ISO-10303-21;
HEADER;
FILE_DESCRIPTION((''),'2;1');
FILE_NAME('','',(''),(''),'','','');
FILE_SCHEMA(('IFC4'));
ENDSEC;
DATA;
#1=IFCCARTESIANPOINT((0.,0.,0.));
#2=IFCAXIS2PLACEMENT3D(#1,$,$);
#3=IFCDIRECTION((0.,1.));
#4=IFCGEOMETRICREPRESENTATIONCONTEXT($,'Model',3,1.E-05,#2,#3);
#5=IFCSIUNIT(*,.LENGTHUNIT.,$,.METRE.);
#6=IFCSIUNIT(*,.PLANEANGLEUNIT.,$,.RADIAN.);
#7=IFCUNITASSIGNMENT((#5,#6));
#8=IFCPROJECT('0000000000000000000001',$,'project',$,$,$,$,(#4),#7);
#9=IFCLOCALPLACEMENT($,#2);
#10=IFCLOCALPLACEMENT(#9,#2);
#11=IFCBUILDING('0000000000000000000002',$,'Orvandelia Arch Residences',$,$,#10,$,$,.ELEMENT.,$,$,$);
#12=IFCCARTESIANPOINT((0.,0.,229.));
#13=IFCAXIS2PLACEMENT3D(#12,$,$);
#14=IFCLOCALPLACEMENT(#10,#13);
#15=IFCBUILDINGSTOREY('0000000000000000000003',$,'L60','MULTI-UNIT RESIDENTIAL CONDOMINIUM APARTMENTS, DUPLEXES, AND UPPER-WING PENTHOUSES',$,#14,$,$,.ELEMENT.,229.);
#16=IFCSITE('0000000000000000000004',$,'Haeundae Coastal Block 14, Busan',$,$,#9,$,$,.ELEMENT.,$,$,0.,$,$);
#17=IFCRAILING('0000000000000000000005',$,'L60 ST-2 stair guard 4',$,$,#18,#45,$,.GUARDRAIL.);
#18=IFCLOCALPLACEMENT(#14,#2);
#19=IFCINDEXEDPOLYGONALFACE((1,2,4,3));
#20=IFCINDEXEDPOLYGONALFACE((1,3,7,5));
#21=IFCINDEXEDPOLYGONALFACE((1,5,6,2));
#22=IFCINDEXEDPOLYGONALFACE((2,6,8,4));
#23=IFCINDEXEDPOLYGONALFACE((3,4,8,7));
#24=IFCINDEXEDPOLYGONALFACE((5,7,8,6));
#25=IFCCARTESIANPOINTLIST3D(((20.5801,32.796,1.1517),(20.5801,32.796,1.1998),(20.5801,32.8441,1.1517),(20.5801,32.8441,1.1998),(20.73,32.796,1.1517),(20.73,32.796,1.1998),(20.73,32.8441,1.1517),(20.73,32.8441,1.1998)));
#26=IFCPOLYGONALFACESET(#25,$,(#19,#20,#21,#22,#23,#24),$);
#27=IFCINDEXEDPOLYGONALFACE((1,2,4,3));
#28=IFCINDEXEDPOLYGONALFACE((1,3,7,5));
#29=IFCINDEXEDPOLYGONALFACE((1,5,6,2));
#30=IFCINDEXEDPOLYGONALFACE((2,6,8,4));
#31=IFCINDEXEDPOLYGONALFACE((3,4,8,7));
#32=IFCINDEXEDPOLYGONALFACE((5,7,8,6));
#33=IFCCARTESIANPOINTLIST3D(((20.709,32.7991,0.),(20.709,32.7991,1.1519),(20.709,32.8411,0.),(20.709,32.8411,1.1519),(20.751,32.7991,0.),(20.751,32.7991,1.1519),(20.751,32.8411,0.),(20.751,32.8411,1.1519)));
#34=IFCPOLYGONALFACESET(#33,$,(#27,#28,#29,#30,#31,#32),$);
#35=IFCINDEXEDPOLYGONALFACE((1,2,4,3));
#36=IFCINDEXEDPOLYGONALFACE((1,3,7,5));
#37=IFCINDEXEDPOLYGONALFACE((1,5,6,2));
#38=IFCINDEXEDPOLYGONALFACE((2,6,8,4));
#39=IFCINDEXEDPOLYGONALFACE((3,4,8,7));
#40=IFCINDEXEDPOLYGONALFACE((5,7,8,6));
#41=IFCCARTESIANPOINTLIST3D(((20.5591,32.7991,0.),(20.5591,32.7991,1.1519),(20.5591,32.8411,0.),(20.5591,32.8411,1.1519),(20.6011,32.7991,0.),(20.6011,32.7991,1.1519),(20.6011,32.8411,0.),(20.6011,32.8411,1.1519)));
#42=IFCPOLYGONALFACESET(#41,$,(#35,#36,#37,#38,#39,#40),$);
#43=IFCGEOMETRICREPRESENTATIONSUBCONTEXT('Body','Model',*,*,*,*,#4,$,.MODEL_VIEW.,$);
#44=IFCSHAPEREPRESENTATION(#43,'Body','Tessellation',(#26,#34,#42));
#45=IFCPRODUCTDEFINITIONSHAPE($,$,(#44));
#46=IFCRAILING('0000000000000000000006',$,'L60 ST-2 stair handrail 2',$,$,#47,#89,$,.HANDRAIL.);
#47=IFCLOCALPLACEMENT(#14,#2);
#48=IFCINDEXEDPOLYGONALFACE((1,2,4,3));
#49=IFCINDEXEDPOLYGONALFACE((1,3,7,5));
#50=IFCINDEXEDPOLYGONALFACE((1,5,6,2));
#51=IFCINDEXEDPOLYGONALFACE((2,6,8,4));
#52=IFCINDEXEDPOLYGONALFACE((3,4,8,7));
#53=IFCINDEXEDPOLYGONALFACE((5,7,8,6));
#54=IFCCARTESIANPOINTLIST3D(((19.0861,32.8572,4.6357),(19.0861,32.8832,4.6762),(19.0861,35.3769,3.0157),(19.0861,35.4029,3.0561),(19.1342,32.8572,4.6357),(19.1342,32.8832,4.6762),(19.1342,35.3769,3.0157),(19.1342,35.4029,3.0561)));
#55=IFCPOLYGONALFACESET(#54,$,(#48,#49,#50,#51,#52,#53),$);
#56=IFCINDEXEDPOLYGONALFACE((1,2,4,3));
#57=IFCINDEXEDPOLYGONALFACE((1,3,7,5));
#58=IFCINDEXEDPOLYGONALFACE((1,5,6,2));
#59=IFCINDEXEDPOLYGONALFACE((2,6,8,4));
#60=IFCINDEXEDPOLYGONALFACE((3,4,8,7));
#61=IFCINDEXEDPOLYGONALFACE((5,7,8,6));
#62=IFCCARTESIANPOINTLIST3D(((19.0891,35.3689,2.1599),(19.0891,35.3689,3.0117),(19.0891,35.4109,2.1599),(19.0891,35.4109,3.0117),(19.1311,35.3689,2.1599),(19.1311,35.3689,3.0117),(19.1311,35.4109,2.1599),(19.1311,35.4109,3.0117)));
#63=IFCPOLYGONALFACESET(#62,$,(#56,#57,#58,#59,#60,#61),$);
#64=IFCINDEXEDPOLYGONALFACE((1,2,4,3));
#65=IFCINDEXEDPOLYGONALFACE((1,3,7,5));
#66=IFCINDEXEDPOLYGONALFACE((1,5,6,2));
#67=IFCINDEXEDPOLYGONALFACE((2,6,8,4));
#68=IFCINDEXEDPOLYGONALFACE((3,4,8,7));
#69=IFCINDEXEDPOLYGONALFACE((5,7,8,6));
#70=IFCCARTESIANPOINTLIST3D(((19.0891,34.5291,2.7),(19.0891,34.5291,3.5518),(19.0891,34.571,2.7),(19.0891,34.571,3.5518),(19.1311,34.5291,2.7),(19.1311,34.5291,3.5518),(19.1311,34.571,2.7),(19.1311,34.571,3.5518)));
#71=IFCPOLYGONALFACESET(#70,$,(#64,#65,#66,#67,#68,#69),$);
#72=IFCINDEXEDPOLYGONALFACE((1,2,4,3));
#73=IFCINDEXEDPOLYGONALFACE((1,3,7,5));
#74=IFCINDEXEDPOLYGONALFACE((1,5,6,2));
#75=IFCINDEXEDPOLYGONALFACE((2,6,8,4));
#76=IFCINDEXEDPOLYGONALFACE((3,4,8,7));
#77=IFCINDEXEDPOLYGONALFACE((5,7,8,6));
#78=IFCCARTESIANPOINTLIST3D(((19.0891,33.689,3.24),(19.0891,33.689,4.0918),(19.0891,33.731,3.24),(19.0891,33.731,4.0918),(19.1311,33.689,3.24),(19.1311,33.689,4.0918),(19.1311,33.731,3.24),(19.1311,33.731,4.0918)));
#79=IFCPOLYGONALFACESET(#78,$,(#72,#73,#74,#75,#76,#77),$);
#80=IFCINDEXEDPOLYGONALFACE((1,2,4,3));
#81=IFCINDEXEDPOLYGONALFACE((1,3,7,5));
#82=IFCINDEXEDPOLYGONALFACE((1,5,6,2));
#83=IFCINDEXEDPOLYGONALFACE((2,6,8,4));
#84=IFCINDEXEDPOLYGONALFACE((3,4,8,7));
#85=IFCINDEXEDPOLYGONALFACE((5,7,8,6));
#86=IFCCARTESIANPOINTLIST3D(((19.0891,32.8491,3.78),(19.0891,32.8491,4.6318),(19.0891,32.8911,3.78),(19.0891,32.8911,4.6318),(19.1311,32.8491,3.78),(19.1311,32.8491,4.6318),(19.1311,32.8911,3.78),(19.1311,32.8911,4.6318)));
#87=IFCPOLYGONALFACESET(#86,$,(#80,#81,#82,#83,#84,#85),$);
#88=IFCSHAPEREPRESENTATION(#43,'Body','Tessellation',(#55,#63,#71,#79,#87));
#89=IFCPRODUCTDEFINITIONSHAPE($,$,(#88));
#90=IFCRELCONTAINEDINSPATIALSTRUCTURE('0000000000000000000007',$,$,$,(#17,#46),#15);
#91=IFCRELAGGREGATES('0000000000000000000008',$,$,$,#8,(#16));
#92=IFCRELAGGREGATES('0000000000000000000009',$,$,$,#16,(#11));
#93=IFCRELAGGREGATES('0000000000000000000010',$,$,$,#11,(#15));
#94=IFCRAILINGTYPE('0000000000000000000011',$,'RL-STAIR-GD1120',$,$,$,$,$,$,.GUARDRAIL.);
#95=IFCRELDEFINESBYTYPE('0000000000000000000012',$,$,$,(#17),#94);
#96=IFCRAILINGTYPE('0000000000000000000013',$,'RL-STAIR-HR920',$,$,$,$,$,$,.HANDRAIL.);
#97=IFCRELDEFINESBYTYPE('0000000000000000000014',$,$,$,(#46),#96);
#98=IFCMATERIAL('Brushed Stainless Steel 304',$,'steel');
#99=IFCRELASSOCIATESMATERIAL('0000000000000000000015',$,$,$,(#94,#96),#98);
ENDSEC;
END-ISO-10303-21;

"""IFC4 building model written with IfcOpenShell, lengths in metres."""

from ifc_helpers import new_model, si_unit, direction, frame, origin, origin_2d, place, context, subcontext, project, spatial, rectangle, extrude, material, type_object, element, save


model = new_model("IFC4")

# Units and contexts
model_context = context("Model", 3, precision=1e-05, world=origin(), true_north=direction((0.0, 1.0)))
body_context = subcontext(model_context, "Body", "Model", "MODEL_VIEW")
ifc_project = project(units=[si_unit("LENGTHUNIT", "METRE"), si_unit("PLANEANGLEUNIT", "RADIAN")], contexts=[model_context])

# Site, building, storey
site_placement = place(None, origin())
site = spatial("IfcSite", under=ifc_project, at=site_placement, Name="Haeundae Coastal Block 14, Busan", CompositionType="ELEMENT", RefElevation=0.0)
building_placement = place(site_placement, origin())
building = spatial("IfcBuilding", under=site, at=building_placement, Name="Orvandelia Arch Residences", CompositionType="ELEMENT")
storey_placement = place(building_placement, frame((0.0, 0.0, 229.0)))
storey = spatial("IfcBuildingStorey", under=building, at=storey_placement, Name="L60", Description="MULTI-UNIT RESIDENTIAL CONDOMINIUM APARTMENTS, DUPLEXES, AND UPPER-WING PENTHOUSES", CompositionType="ELEMENT", Elevation=229.0)

# Railings
ifc_material_1 = material(Name="Brushed Stainless Steel 304", Category="steel")
railing_type_1 = type_object("IfcRailingType", Name="RL-STAIR-GD1120", PredefinedType="GUARDRAIL", material=ifc_material_1)
railing_1_placement = place(storey_placement, frame((20.73, 32.8201, 0.0)))
element("IfcRailing", 1, at=railing_1_placement, inside=storey, type_object=railing_type_1, Name="L60 ST-2 stair guard 4", PredefinedType="GUARDRAIL", context=body_context, shape_type="SweptSolid", body=[
    extrude(rectangle(XDim=0.0481, YDim=0.0481, at=origin_2d()), frame((0.0, 0.0, 1.1758), z_axis=(-1.0, 0.0, 0.0), x_axis=(0.0, -1.0, 0.0)), (0.0, 0.0, 1.0), 0.1499),
    extrude(rectangle(XDim=0.042, YDim=0.042, at=origin_2d()), origin(), (0.0, 0.0, 1.0), 1.1519),
    extrude(rectangle(XDim=0.042, YDim=0.042, at=origin_2d()), frame((-0.1499, 0.0, 0.0)), (0.0, 0.0, 1.0), 1.1519),
])
railing_type_2 = type_object("IfcRailingType", Name="RL-STAIR-HR920", PredefinedType="HANDRAIL", material=ifc_material_1)
railing_2_placement = place(storey_placement, frame((19.1101, 35.3899, 2.1599)))
element("IfcRailing", 2, at=railing_2_placement, inside=storey, type_object=railing_type_2, Name="L60 ST-2 stair handrail 2", PredefinedType="HANDRAIL", context=body_context, shape_type="SweptSolid", body=[
    extrude(rectangle(XDim=0.0481, YDim=0.0481, at=origin_2d()), frame((0.0, 0.0, 0.876), z_axis=(0.0, -0.841139, 0.540819), x_axis=(1.0, 0.0, 0.0)), (0.0, 0.0, 1.0), 2.9956),
    extrude(rectangle(XDim=0.042, YDim=0.042, at=origin_2d()), origin(), (0.0, 0.0, 1.0), 0.8518),
    extrude(rectangle(XDim=0.042, YDim=0.042, at=origin_2d()), frame((0.0, -0.8398, 0.54)), (0.0, 0.0, 1.0), 0.8518),
    extrude(rectangle(XDim=0.042, YDim=0.042, at=origin_2d()), frame((0.0, -1.6799, 1.0801)), (0.0, 0.0, 1.0), 0.8518),
    extrude(rectangle(XDim=0.042, YDim=0.042, at=origin_2d()), frame((0.0, -2.5198, 1.6201)), (0.0, 0.0, 1.0), 0.8518),
])

save(model, "model.ifc")
